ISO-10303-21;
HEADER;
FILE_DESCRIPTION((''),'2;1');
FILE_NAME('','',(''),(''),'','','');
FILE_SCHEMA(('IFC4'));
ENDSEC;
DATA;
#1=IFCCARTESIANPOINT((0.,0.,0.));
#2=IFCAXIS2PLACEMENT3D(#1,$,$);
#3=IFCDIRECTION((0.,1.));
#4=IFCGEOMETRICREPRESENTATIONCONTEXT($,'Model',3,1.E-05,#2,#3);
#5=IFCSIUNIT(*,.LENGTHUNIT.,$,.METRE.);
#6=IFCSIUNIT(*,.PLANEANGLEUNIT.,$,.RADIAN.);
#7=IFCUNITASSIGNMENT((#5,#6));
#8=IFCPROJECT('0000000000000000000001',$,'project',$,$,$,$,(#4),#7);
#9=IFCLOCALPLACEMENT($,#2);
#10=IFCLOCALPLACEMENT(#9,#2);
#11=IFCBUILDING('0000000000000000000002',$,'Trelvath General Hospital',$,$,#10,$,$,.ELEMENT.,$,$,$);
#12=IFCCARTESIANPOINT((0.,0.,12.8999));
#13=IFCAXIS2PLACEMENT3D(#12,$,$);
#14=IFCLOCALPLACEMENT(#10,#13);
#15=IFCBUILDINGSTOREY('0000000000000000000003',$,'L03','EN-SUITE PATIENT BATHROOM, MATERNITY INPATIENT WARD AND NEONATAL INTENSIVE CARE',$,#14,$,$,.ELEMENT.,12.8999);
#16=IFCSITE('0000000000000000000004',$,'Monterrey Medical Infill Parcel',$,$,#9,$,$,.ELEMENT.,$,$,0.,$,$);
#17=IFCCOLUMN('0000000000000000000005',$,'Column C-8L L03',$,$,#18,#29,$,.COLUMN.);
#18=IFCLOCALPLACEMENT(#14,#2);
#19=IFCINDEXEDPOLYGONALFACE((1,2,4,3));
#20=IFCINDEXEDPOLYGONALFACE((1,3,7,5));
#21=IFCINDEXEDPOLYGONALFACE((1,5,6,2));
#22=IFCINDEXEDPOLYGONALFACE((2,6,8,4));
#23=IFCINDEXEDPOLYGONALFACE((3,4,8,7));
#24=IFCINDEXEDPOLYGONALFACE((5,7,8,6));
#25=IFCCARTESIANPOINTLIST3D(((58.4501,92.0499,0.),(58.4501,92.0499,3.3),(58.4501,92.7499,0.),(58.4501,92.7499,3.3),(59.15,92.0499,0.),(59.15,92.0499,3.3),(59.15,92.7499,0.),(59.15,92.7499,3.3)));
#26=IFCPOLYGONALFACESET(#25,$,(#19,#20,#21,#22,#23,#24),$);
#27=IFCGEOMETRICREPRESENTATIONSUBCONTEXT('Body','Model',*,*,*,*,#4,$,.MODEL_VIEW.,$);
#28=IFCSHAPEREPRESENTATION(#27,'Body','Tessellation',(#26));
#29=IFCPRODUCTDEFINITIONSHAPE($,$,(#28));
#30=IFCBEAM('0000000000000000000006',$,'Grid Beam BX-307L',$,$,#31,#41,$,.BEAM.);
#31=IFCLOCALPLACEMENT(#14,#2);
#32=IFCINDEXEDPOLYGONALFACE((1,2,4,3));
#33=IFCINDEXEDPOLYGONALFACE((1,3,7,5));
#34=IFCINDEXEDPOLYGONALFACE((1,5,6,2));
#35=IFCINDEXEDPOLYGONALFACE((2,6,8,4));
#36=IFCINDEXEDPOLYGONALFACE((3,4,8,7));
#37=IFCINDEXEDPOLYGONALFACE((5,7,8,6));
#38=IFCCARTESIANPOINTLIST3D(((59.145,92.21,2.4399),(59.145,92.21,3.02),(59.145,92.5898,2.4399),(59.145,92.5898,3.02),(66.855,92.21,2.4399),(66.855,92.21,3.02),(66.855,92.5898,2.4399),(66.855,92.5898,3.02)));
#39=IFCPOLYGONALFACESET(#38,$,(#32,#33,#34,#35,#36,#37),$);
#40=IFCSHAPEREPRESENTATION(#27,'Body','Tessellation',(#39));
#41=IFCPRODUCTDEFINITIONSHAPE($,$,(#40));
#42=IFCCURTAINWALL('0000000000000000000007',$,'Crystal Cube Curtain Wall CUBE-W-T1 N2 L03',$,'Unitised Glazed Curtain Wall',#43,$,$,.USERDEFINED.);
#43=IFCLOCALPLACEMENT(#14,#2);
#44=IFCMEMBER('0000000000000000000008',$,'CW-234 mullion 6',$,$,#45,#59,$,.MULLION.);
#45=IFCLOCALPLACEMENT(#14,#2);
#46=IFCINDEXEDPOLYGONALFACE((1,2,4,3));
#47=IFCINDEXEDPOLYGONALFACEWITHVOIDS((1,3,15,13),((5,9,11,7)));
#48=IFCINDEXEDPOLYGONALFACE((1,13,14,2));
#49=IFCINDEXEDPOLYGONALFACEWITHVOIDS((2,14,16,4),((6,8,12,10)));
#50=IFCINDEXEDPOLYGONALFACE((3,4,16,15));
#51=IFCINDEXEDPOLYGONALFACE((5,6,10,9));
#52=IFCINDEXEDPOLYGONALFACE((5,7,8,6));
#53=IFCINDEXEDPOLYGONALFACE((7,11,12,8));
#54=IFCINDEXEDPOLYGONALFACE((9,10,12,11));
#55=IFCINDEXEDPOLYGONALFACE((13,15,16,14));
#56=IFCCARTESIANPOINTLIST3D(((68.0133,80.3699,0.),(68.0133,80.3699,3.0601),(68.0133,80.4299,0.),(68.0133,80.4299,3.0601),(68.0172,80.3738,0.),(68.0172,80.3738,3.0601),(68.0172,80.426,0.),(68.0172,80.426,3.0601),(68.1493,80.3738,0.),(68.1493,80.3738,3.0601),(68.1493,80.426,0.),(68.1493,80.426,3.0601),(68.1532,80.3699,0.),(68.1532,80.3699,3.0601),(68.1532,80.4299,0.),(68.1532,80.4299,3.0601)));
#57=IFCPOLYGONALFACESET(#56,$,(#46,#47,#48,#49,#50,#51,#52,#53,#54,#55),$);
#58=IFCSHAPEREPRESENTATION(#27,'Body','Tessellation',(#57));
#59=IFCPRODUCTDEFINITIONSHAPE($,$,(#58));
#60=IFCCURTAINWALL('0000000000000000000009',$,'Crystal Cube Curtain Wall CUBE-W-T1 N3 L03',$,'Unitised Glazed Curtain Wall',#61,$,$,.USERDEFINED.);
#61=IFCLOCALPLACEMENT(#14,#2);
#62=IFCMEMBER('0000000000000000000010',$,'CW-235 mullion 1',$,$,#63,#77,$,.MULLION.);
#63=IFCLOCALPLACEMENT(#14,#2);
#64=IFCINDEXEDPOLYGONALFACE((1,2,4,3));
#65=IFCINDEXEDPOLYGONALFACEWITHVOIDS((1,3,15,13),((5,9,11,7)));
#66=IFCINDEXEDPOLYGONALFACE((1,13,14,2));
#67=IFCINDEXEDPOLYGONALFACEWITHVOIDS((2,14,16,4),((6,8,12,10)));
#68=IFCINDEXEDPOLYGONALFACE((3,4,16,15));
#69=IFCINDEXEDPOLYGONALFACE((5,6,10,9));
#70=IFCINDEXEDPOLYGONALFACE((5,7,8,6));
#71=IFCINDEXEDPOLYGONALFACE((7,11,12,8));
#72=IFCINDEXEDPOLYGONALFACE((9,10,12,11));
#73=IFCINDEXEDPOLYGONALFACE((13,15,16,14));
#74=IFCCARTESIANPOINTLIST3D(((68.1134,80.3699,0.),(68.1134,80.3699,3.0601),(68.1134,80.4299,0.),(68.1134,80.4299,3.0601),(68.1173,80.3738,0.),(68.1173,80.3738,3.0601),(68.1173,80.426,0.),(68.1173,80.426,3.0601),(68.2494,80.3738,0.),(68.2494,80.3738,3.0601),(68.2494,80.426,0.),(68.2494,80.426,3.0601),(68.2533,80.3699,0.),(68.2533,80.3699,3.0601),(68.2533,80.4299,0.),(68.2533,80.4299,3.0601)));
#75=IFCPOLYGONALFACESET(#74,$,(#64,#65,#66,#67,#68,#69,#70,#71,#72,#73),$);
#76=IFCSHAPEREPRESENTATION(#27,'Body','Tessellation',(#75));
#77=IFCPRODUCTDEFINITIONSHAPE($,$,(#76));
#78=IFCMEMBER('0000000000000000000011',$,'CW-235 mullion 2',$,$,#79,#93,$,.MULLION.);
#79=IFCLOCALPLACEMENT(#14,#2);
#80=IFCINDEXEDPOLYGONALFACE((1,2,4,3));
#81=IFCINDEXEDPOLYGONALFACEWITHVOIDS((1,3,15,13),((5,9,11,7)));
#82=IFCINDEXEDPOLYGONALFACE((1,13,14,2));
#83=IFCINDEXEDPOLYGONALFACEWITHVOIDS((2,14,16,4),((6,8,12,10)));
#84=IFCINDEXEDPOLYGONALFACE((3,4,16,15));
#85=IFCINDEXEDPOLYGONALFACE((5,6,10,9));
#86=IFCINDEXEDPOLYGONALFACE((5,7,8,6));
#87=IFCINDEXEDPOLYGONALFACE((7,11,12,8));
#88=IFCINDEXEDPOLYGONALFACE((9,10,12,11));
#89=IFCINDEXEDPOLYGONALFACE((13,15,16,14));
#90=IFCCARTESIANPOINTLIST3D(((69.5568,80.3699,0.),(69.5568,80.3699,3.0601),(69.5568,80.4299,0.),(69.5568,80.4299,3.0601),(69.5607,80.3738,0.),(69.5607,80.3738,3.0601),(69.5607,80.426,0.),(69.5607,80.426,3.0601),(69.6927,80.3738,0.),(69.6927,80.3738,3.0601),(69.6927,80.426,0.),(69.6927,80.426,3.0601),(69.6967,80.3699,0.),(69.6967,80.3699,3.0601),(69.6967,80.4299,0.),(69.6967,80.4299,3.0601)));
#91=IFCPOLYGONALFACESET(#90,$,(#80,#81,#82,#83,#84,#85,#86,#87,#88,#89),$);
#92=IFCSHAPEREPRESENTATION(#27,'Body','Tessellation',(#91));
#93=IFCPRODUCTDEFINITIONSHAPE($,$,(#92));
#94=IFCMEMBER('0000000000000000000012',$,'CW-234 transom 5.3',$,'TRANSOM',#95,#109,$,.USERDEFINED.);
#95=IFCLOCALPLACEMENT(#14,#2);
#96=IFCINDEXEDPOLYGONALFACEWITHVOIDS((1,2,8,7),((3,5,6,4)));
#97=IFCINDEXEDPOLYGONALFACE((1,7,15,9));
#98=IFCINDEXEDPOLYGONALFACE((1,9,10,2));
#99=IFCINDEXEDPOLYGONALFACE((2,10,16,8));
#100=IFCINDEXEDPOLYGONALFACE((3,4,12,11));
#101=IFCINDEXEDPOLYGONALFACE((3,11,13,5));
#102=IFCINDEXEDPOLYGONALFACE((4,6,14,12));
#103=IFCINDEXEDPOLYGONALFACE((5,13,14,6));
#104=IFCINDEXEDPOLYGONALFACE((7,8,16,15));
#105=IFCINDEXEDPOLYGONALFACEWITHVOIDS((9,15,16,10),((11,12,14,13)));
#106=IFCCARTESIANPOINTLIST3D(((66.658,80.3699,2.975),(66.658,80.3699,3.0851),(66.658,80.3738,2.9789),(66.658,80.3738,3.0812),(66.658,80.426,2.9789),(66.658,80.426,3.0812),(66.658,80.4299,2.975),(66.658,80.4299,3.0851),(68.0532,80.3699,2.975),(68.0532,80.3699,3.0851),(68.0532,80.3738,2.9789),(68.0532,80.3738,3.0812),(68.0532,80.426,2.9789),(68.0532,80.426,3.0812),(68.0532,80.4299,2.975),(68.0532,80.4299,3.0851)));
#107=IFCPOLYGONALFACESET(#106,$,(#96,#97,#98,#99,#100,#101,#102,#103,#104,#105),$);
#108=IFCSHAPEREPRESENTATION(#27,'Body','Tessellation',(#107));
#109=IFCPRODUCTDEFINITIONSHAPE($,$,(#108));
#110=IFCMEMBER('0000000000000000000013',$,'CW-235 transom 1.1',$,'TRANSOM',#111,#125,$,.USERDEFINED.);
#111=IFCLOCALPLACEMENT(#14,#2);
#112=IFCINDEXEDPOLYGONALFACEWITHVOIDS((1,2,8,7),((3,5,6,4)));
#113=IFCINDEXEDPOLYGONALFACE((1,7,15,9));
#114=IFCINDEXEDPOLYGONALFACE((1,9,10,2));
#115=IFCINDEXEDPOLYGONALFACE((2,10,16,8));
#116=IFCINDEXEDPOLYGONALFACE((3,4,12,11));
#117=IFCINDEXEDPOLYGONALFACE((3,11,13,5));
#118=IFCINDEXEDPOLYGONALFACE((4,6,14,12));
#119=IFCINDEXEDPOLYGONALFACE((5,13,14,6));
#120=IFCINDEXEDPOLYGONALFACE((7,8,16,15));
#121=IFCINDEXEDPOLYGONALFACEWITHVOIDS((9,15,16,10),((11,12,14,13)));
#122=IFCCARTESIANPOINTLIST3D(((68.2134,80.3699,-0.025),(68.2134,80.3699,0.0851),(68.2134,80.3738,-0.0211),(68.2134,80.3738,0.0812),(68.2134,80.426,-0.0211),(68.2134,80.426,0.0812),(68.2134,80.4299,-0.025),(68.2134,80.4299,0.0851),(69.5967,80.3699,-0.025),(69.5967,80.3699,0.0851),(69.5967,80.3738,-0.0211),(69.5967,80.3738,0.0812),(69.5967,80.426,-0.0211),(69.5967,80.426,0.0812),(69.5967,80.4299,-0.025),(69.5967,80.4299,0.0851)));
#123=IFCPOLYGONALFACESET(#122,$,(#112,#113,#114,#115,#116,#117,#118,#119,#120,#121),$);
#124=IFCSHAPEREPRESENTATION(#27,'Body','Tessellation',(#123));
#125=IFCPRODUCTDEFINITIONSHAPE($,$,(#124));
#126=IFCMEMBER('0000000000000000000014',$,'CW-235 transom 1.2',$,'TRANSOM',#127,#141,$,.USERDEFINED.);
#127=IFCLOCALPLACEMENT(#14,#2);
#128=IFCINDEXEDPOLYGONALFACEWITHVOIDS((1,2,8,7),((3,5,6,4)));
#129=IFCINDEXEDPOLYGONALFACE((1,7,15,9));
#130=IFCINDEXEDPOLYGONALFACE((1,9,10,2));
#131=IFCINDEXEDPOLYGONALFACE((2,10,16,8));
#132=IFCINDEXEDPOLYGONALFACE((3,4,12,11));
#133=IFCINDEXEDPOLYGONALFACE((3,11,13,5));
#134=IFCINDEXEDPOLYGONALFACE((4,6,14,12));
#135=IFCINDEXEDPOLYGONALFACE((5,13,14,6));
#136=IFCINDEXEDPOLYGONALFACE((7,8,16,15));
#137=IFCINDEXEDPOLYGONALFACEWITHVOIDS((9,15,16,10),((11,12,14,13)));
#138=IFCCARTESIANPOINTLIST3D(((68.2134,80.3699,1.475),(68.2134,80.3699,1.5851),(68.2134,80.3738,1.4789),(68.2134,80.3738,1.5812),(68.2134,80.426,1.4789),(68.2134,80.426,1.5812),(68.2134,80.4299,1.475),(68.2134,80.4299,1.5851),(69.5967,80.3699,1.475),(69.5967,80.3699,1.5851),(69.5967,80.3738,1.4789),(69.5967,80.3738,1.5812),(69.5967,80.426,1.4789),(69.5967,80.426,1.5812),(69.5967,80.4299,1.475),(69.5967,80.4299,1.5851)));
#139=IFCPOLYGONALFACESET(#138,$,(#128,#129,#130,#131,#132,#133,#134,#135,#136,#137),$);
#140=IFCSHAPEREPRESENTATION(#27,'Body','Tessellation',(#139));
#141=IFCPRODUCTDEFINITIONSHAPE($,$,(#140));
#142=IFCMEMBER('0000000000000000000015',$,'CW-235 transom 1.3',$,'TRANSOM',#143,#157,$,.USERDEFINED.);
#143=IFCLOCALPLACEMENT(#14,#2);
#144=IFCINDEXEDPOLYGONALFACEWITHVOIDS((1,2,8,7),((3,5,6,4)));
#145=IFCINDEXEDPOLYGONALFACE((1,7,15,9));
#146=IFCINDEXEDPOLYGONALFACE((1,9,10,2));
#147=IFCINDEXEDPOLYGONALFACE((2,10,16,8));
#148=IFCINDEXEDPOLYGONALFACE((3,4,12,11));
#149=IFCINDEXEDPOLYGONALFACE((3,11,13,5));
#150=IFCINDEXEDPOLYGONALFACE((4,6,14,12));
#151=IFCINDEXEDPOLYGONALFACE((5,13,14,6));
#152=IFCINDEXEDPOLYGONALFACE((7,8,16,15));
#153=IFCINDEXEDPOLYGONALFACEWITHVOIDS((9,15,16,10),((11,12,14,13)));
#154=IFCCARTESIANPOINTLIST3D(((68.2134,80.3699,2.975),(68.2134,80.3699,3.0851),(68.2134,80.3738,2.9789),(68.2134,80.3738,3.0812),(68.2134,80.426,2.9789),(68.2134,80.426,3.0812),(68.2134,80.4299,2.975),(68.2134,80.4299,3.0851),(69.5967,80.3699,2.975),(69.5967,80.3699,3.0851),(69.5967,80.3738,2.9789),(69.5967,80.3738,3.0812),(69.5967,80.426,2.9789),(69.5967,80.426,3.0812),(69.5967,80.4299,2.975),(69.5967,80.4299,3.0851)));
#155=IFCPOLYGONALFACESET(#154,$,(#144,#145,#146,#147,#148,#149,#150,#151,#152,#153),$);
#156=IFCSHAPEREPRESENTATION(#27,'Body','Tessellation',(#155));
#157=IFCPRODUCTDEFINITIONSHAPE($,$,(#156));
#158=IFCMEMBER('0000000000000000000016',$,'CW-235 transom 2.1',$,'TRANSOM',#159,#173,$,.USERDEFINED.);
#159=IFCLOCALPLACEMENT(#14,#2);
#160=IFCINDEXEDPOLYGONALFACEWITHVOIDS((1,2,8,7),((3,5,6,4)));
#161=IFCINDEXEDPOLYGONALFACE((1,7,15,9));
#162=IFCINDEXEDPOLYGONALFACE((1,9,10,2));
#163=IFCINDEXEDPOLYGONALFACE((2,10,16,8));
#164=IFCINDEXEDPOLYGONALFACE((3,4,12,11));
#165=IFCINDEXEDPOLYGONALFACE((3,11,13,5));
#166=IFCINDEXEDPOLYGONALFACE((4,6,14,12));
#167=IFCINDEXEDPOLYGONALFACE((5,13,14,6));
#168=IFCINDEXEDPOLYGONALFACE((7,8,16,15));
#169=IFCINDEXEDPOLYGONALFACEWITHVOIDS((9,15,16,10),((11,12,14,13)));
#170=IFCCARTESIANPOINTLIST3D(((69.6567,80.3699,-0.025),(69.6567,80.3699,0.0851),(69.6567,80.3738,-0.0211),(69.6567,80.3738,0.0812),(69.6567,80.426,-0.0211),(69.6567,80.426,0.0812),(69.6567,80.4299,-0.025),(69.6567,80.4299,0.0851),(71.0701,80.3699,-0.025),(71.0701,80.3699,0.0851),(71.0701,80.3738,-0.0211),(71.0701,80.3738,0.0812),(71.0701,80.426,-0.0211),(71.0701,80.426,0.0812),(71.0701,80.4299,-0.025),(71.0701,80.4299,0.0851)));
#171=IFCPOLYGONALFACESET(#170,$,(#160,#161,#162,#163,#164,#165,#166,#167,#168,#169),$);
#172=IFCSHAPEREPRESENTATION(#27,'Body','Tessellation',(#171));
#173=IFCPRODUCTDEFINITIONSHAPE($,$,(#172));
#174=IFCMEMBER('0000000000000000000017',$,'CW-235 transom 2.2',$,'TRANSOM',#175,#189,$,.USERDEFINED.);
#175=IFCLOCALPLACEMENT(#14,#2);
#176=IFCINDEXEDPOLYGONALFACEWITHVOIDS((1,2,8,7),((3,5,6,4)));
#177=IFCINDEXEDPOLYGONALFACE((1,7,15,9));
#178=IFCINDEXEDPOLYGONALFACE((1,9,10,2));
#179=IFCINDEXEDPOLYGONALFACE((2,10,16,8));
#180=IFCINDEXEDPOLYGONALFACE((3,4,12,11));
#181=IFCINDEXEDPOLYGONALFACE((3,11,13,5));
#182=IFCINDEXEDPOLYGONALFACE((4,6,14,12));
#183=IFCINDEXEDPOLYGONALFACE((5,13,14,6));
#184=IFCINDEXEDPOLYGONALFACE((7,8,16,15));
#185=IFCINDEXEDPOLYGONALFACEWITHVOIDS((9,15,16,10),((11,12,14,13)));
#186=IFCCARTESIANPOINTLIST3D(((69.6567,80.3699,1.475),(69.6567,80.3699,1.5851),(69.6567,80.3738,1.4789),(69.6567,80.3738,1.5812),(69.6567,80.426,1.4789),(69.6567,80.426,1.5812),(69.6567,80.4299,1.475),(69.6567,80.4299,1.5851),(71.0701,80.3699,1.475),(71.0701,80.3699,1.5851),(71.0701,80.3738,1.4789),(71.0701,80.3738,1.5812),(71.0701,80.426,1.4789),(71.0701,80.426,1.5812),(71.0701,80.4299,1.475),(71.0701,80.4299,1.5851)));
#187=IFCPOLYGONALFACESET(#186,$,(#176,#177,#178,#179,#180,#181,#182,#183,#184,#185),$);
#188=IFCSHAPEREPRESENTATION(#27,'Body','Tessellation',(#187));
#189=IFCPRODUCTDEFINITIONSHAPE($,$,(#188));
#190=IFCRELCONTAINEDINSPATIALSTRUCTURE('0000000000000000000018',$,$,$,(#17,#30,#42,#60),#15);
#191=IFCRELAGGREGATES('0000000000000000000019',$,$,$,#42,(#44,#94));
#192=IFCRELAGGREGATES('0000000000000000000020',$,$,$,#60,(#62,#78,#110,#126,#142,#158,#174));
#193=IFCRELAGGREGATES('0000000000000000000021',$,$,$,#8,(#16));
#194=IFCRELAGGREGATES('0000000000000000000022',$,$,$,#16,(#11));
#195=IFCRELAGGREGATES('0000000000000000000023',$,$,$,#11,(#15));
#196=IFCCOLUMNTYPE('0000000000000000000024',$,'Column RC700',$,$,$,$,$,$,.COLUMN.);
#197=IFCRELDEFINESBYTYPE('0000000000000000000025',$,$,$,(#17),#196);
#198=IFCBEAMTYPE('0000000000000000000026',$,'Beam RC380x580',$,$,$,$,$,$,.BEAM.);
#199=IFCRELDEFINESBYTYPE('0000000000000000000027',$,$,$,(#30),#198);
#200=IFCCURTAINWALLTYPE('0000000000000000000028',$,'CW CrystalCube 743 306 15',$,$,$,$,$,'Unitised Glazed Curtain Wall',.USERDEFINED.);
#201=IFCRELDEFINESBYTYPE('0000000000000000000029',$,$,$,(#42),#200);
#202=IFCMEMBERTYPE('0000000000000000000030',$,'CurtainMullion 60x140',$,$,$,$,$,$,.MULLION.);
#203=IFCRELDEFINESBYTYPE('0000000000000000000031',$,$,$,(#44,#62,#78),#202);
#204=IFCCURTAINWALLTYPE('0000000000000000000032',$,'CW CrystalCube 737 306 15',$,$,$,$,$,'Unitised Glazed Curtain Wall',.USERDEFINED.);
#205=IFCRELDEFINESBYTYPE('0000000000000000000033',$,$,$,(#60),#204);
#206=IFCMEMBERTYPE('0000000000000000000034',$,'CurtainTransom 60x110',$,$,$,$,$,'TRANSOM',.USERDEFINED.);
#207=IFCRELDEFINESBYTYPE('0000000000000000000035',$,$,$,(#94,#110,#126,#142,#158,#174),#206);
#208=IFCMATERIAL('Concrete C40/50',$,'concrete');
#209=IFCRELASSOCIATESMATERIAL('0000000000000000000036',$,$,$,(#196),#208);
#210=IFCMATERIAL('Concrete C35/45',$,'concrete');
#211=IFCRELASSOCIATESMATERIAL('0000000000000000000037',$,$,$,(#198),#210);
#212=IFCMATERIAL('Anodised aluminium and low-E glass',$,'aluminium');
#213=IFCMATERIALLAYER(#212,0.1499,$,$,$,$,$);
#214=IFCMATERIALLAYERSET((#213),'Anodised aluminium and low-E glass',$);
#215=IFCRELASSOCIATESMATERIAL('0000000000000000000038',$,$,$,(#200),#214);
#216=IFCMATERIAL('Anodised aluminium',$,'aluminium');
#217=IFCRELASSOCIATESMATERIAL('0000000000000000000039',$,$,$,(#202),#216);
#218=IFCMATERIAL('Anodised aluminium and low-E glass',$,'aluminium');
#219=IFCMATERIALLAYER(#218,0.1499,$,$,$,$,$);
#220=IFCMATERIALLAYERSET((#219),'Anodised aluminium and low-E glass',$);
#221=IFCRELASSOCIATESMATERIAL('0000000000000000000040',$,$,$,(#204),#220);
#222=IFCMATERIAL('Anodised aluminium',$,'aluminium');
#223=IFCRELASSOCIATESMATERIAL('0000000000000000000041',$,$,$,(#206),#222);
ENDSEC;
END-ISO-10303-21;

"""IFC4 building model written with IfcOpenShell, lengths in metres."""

from ifc_helpers import new_model, si_unit, direction, frame, origin, origin_2d, place, context, subcontext, project, spatial, rectangle, hollow_rectangle, extrude, material, layer, layer_set, material_profile, profile_set, type_object, element, aggregate, save


model = new_model("IFC4")

# Units and contexts
model_context = context("Model", 3, precision=1e-05, world=origin(), true_north=direction((0.0, 1.0)))
body_context = subcontext(model_context, "Body", "Model", "MODEL_VIEW")
ifc_project = project(units=[si_unit("LENGTHUNIT", "METRE"), si_unit("PLANEANGLEUNIT", "RADIAN")], contexts=[model_context])

# Site, building, storey
site_placement = place(None, origin())
site = spatial("IfcSite", under=ifc_project, at=site_placement, Name="Monterrey Medical Infill Parcel", CompositionType="ELEMENT", RefElevation=0.0)
building_placement = place(site_placement, origin())
building = spatial("IfcBuilding", under=site, at=building_placement, Name="Trelvath General Hospital", CompositionType="ELEMENT")
storey_placement = place(building_placement, frame((0.0, 0.0, 12.8999)))
storey = spatial("IfcBuildingStorey", under=building, at=storey_placement, Name="L03", Description="EN-SUITE PATIENT BATHROOM, MATERNITY INPATIENT WARD AND NEONATAL INTENSIVE CARE", CompositionType="ELEMENT", Elevation=12.8999)

# Column
ifc_material_1 = material(Name="Concrete C40/50", Category="concrete")
ifc_material_profile_1 = material_profile(ifc_material_1, rectangle(XDim=0.7, YDim=0.7, at=origin_2d()), Name="RC700x700")
ifc_profile_set_1 = profile_set([ifc_material_profile_1], Name="Concrete C40/50")
column_type = type_object("IfcColumnType", Name="Column RC700", PredefinedType="COLUMN", material=ifc_profile_set_1)
column_placement = place(storey_placement, frame((58.8, 92.3999, 0.0), z_axis=(0.0, 0.0, 1.0), x_axis=(1.0, 0.0, 0.0)))
element("IfcColumn", 1, at=column_placement, inside=storey, type_object=column_type, Name="Column C-8L L03", PredefinedType="COLUMN", context=body_context, shape_type="SweptSolid", body=[
    extrude(rectangle(XDim=0.7, YDim=0.7, at=origin_2d()), origin(), (0.0, 0.0, 1.0), 3.3),
])

# Beam
ifc_material_2 = material(Name="Concrete C35/45", Category="concrete")
ifc_material_profile_2 = material_profile(ifc_material_2, rectangle(XDim=0.3799, YDim=0.5801, at=origin_2d()), Name="RCB380x580")
ifc_profile_set_2 = profile_set([ifc_material_profile_2], Name="Concrete C35/45")
beam_type_1 = type_object("IfcBeamType", Name="Beam RC380x580", PredefinedType="BEAM", material=ifc_profile_set_2)
beam_1_placement = place(storey_placement, frame((59.145, 92.3999, 2.73), z_axis=(1.0, 0.0, 0.0), x_axis=(0.0, 1.0, 0.0)))
element("IfcBeam", 2, at=beam_1_placement, inside=storey, type_object=beam_type_1, Name="Grid Beam BX-307L", PredefinedType="BEAM", context=body_context, shape_type="SweptSolid", body=[
    extrude(rectangle(XDim=0.3799, YDim=0.5801, at=origin_2d()), origin(), (0.0, 0.0, 1.0), 7.71),
])

# Curtain wall, member
ifc_material_3 = material(Name="Anodised aluminium and low-E glass", Category="aluminium")
ifc_layer_1 = layer(ifc_material_3, 0.1499)
ifc_layer_set_1 = layer_set([ifc_layer_1], Name="Anodised aluminium and low-E glass")
curtain_wall_type_1 = type_object("IfcCurtainWallType", Name="CW CrystalCube 743 306 15", ElementType="Unitised Glazed Curtain Wall", PredefinedType="USERDEFINED", material=ifc_layer_set_1)
curtain_wall_1_placement = place(storey_placement, origin())
curtain_wall_1 = element("IfcCurtainWall", 3, at=curtain_wall_1_placement, inside=storey, type_object=curtain_wall_type_1, Name="Crystal Cube Curtain Wall CUBE-W-T1 N2 L03", ObjectType="Unitised Glazed Curtain Wall", PredefinedType="USERDEFINED")
ifc_material_4 = material(Name="Anodised aluminium", Category="aluminium")
ifc_material_profile_3 = material_profile(ifc_material_4, hollow_rectangle(XDim=0.0601, YDim=0.1399, WallThickness=0.0039, at=origin_2d()), Name="RHS60x140x4")
ifc_profile_set_3 = profile_set([ifc_material_profile_3], Name="Anodised aluminium")
member_type_1 = type_object("IfcMemberType", Name="CurtainMullion 60x140", PredefinedType="MULLION", material=ifc_profile_set_3)
member_1_placement = place(storey_placement, frame((68.0833, 80.3999, 0.0), z_axis=(0.0, 0.0, 1.0), x_axis=(0.0, 1.0, 0.0)))
member_1 = element("IfcMember", 4, at=member_1_placement, type_object=member_type_1, Name="CW-234 mullion 6", PredefinedType="MULLION", context=body_context, shape_type="SweptSolid", body=[
    extrude(hollow_rectangle(XDim=0.0601, YDim=0.1399, WallThickness=0.0039, at=origin_2d()), origin(), (0.0, 0.0, 1.0), 3.0601),
])

# Curtain wall, members
ifc_material_5 = material(Name="Anodised aluminium and low-E glass", Category="aluminium")
ifc_layer_2 = layer(ifc_material_5, 0.1499)
ifc_layer_set_2 = layer_set([ifc_layer_2], Name="Anodised aluminium and low-E glass")
curtain_wall_type_2 = type_object("IfcCurtainWallType", Name="CW CrystalCube 737 306 15", ElementType="Unitised Glazed Curtain Wall", PredefinedType="USERDEFINED", material=ifc_layer_set_2)
curtain_wall_2_placement = place(storey_placement, origin())
curtain_wall_2 = element("IfcCurtainWall", 5, at=curtain_wall_2_placement, inside=storey, type_object=curtain_wall_type_2, Name="Crystal Cube Curtain Wall CUBE-W-T1 N3 L03", ObjectType="Unitised Glazed Curtain Wall", PredefinedType="USERDEFINED")
member_2_placement = place(storey_placement, frame((68.1833, 80.3999, 0.0), z_axis=(0.0, 0.0, 1.0), x_axis=(0.0, 1.0, 0.0)))
member_2 = element("IfcMember", 6, at=member_2_placement, type_object=member_type_1, Name="CW-235 mullion 1", PredefinedType="MULLION", context=body_context, shape_type="SweptSolid", body=[
    extrude(hollow_rectangle(XDim=0.0601, YDim=0.1399, WallThickness=0.0039, at=origin_2d()), origin(), (0.0, 0.0, 1.0), 3.0601),
])
member_3_placement = place(storey_placement, frame((69.6267, 80.3999, 0.0), z_axis=(0.0, 0.0, 1.0), x_axis=(0.0, 1.0, 0.0)))
member_3 = element("IfcMember", 7, at=member_3_placement, type_object=member_type_1, Name="CW-235 mullion 2", PredefinedType="MULLION", context=body_context, shape_type="SweptSolid", body=[
    extrude(hollow_rectangle(XDim=0.0601, YDim=0.1399, WallThickness=0.0039, at=origin_2d()), origin(), (0.0, 0.0, 1.0), 3.0601),
])

# Members
ifc_material_6 = material(Name="Anodised aluminium", Category="aluminium")
ifc_material_profile_4 = material_profile(ifc_material_6, hollow_rectangle(XDim=0.0601, YDim=0.1101, WallThickness=0.0039, at=origin_2d()), Name="RHS60x110x4")
ifc_profile_set_4 = profile_set([ifc_material_profile_4], Name="Anodised aluminium")
member_type_2 = type_object("IfcMemberType", Name="CurtainTransom 60x110", ElementType="TRANSOM", PredefinedType="USERDEFINED", material=ifc_profile_set_4)
member_4_placement = place(storey_placement, frame((66.658, 80.3999, 3.03), z_axis=(1.0, 0.0, 0.0), x_axis=(0.0, 1.0, 0.0)))
member_4 = element("IfcMember", 8, at=member_4_placement, type_object=member_type_2, Name="CW-234 transom 5.3", ObjectType="TRANSOM", PredefinedType="USERDEFINED", context=body_context, shape_type="SweptSolid", body=[
    extrude(hollow_rectangle(XDim=0.0601, YDim=0.1101, WallThickness=0.0039, at=origin_2d()), origin(), (0.0, 0.0, 1.0), 1.3953),
])
member_5_placement = place(storey_placement, frame((68.2134, 80.3999, 0.03), z_axis=(1.0, 0.0, 0.0), x_axis=(0.0, 1.0, 0.0)))
member_5 = element("IfcMember", 9, at=member_5_placement, type_object=member_type_2, Name="CW-235 transom 1.1", ObjectType="TRANSOM", PredefinedType="USERDEFINED", context=body_context, shape_type="SweptSolid", body=[
    extrude(hollow_rectangle(XDim=0.0601, YDim=0.1101, WallThickness=0.0039, at=origin_2d()), origin(), (0.0, 0.0, 1.0), 1.3833),
])
member_6_placement = place(storey_placement, frame((68.2134, 80.3999, 1.53), z_axis=(1.0, 0.0, 0.0), x_axis=(0.0, 1.0, 0.0)))
member_6 = element("IfcMember", 10, at=member_6_placement, type_object=member_type_2, Name="CW-235 transom 1.2", ObjectType="TRANSOM", PredefinedType="USERDEFINED", context=body_context, shape_type="SweptSolid", body=[
    extrude(hollow_rectangle(XDim=0.0601, YDim=0.1101, WallThickness=0.0039, at=origin_2d()), origin(), (0.0, 0.0, 1.0), 1.3833),
])
member_7_placement = place(storey_placement, frame((68.2134, 80.3999, 3.03), z_axis=(1.0, 0.0, 0.0), x_axis=(0.0, 1.0, 0.0)))
member_7 = element("IfcMember", 11, at=member_7_placement, type_object=member_type_2, Name="CW-235 transom 1.3", ObjectType="TRANSOM", PredefinedType="USERDEFINED", context=body_context, shape_type="SweptSolid", body=[
    extrude(hollow_rectangle(XDim=0.0601, YDim=0.1101, WallThickness=0.0039, at=origin_2d()), origin(), (0.0, 0.0, 1.0), 1.3833),
])
member_8_placement = place(storey_placement, frame((69.6567, 80.3999, 0.03), z_axis=(1.0, 0.0, 0.0), x_axis=(0.0, 1.0, 0.0)))
member_8 = element("IfcMember", 12, at=member_8_placement, type_object=member_type_2, Name="CW-235 transom 2.1", ObjectType="TRANSOM", PredefinedType="USERDEFINED", context=body_context, shape_type="SweptSolid", body=[
    extrude(hollow_rectangle(XDim=0.0601, YDim=0.1101, WallThickness=0.0039, at=origin_2d()), origin(), (0.0, 0.0, 1.0), 1.4133),
])
member_9_placement = place(storey_placement, frame((69.6567, 80.3999, 1.53), z_axis=(1.0, 0.0, 0.0), x_axis=(0.0, 1.0, 0.0)))
member_9 = element("IfcMember", 13, at=member_9_placement, type_object=member_type_2, Name="CW-235 transom 2.2", ObjectType="TRANSOM", PredefinedType="USERDEFINED", context=body_context, shape_type="SweptSolid", body=[
    extrude(hollow_rectangle(XDim=0.0601, YDim=0.1101, WallThickness=0.0039, at=origin_2d()), origin(), (0.0, 0.0, 1.0), 1.4133),
])

aggregate(curtain_wall_1, [member_1, member_4])
aggregate(curtain_wall_2, [member_2, member_3, member_5, member_6, member_7, member_8, member_9])

save(model, "model.ifc")
